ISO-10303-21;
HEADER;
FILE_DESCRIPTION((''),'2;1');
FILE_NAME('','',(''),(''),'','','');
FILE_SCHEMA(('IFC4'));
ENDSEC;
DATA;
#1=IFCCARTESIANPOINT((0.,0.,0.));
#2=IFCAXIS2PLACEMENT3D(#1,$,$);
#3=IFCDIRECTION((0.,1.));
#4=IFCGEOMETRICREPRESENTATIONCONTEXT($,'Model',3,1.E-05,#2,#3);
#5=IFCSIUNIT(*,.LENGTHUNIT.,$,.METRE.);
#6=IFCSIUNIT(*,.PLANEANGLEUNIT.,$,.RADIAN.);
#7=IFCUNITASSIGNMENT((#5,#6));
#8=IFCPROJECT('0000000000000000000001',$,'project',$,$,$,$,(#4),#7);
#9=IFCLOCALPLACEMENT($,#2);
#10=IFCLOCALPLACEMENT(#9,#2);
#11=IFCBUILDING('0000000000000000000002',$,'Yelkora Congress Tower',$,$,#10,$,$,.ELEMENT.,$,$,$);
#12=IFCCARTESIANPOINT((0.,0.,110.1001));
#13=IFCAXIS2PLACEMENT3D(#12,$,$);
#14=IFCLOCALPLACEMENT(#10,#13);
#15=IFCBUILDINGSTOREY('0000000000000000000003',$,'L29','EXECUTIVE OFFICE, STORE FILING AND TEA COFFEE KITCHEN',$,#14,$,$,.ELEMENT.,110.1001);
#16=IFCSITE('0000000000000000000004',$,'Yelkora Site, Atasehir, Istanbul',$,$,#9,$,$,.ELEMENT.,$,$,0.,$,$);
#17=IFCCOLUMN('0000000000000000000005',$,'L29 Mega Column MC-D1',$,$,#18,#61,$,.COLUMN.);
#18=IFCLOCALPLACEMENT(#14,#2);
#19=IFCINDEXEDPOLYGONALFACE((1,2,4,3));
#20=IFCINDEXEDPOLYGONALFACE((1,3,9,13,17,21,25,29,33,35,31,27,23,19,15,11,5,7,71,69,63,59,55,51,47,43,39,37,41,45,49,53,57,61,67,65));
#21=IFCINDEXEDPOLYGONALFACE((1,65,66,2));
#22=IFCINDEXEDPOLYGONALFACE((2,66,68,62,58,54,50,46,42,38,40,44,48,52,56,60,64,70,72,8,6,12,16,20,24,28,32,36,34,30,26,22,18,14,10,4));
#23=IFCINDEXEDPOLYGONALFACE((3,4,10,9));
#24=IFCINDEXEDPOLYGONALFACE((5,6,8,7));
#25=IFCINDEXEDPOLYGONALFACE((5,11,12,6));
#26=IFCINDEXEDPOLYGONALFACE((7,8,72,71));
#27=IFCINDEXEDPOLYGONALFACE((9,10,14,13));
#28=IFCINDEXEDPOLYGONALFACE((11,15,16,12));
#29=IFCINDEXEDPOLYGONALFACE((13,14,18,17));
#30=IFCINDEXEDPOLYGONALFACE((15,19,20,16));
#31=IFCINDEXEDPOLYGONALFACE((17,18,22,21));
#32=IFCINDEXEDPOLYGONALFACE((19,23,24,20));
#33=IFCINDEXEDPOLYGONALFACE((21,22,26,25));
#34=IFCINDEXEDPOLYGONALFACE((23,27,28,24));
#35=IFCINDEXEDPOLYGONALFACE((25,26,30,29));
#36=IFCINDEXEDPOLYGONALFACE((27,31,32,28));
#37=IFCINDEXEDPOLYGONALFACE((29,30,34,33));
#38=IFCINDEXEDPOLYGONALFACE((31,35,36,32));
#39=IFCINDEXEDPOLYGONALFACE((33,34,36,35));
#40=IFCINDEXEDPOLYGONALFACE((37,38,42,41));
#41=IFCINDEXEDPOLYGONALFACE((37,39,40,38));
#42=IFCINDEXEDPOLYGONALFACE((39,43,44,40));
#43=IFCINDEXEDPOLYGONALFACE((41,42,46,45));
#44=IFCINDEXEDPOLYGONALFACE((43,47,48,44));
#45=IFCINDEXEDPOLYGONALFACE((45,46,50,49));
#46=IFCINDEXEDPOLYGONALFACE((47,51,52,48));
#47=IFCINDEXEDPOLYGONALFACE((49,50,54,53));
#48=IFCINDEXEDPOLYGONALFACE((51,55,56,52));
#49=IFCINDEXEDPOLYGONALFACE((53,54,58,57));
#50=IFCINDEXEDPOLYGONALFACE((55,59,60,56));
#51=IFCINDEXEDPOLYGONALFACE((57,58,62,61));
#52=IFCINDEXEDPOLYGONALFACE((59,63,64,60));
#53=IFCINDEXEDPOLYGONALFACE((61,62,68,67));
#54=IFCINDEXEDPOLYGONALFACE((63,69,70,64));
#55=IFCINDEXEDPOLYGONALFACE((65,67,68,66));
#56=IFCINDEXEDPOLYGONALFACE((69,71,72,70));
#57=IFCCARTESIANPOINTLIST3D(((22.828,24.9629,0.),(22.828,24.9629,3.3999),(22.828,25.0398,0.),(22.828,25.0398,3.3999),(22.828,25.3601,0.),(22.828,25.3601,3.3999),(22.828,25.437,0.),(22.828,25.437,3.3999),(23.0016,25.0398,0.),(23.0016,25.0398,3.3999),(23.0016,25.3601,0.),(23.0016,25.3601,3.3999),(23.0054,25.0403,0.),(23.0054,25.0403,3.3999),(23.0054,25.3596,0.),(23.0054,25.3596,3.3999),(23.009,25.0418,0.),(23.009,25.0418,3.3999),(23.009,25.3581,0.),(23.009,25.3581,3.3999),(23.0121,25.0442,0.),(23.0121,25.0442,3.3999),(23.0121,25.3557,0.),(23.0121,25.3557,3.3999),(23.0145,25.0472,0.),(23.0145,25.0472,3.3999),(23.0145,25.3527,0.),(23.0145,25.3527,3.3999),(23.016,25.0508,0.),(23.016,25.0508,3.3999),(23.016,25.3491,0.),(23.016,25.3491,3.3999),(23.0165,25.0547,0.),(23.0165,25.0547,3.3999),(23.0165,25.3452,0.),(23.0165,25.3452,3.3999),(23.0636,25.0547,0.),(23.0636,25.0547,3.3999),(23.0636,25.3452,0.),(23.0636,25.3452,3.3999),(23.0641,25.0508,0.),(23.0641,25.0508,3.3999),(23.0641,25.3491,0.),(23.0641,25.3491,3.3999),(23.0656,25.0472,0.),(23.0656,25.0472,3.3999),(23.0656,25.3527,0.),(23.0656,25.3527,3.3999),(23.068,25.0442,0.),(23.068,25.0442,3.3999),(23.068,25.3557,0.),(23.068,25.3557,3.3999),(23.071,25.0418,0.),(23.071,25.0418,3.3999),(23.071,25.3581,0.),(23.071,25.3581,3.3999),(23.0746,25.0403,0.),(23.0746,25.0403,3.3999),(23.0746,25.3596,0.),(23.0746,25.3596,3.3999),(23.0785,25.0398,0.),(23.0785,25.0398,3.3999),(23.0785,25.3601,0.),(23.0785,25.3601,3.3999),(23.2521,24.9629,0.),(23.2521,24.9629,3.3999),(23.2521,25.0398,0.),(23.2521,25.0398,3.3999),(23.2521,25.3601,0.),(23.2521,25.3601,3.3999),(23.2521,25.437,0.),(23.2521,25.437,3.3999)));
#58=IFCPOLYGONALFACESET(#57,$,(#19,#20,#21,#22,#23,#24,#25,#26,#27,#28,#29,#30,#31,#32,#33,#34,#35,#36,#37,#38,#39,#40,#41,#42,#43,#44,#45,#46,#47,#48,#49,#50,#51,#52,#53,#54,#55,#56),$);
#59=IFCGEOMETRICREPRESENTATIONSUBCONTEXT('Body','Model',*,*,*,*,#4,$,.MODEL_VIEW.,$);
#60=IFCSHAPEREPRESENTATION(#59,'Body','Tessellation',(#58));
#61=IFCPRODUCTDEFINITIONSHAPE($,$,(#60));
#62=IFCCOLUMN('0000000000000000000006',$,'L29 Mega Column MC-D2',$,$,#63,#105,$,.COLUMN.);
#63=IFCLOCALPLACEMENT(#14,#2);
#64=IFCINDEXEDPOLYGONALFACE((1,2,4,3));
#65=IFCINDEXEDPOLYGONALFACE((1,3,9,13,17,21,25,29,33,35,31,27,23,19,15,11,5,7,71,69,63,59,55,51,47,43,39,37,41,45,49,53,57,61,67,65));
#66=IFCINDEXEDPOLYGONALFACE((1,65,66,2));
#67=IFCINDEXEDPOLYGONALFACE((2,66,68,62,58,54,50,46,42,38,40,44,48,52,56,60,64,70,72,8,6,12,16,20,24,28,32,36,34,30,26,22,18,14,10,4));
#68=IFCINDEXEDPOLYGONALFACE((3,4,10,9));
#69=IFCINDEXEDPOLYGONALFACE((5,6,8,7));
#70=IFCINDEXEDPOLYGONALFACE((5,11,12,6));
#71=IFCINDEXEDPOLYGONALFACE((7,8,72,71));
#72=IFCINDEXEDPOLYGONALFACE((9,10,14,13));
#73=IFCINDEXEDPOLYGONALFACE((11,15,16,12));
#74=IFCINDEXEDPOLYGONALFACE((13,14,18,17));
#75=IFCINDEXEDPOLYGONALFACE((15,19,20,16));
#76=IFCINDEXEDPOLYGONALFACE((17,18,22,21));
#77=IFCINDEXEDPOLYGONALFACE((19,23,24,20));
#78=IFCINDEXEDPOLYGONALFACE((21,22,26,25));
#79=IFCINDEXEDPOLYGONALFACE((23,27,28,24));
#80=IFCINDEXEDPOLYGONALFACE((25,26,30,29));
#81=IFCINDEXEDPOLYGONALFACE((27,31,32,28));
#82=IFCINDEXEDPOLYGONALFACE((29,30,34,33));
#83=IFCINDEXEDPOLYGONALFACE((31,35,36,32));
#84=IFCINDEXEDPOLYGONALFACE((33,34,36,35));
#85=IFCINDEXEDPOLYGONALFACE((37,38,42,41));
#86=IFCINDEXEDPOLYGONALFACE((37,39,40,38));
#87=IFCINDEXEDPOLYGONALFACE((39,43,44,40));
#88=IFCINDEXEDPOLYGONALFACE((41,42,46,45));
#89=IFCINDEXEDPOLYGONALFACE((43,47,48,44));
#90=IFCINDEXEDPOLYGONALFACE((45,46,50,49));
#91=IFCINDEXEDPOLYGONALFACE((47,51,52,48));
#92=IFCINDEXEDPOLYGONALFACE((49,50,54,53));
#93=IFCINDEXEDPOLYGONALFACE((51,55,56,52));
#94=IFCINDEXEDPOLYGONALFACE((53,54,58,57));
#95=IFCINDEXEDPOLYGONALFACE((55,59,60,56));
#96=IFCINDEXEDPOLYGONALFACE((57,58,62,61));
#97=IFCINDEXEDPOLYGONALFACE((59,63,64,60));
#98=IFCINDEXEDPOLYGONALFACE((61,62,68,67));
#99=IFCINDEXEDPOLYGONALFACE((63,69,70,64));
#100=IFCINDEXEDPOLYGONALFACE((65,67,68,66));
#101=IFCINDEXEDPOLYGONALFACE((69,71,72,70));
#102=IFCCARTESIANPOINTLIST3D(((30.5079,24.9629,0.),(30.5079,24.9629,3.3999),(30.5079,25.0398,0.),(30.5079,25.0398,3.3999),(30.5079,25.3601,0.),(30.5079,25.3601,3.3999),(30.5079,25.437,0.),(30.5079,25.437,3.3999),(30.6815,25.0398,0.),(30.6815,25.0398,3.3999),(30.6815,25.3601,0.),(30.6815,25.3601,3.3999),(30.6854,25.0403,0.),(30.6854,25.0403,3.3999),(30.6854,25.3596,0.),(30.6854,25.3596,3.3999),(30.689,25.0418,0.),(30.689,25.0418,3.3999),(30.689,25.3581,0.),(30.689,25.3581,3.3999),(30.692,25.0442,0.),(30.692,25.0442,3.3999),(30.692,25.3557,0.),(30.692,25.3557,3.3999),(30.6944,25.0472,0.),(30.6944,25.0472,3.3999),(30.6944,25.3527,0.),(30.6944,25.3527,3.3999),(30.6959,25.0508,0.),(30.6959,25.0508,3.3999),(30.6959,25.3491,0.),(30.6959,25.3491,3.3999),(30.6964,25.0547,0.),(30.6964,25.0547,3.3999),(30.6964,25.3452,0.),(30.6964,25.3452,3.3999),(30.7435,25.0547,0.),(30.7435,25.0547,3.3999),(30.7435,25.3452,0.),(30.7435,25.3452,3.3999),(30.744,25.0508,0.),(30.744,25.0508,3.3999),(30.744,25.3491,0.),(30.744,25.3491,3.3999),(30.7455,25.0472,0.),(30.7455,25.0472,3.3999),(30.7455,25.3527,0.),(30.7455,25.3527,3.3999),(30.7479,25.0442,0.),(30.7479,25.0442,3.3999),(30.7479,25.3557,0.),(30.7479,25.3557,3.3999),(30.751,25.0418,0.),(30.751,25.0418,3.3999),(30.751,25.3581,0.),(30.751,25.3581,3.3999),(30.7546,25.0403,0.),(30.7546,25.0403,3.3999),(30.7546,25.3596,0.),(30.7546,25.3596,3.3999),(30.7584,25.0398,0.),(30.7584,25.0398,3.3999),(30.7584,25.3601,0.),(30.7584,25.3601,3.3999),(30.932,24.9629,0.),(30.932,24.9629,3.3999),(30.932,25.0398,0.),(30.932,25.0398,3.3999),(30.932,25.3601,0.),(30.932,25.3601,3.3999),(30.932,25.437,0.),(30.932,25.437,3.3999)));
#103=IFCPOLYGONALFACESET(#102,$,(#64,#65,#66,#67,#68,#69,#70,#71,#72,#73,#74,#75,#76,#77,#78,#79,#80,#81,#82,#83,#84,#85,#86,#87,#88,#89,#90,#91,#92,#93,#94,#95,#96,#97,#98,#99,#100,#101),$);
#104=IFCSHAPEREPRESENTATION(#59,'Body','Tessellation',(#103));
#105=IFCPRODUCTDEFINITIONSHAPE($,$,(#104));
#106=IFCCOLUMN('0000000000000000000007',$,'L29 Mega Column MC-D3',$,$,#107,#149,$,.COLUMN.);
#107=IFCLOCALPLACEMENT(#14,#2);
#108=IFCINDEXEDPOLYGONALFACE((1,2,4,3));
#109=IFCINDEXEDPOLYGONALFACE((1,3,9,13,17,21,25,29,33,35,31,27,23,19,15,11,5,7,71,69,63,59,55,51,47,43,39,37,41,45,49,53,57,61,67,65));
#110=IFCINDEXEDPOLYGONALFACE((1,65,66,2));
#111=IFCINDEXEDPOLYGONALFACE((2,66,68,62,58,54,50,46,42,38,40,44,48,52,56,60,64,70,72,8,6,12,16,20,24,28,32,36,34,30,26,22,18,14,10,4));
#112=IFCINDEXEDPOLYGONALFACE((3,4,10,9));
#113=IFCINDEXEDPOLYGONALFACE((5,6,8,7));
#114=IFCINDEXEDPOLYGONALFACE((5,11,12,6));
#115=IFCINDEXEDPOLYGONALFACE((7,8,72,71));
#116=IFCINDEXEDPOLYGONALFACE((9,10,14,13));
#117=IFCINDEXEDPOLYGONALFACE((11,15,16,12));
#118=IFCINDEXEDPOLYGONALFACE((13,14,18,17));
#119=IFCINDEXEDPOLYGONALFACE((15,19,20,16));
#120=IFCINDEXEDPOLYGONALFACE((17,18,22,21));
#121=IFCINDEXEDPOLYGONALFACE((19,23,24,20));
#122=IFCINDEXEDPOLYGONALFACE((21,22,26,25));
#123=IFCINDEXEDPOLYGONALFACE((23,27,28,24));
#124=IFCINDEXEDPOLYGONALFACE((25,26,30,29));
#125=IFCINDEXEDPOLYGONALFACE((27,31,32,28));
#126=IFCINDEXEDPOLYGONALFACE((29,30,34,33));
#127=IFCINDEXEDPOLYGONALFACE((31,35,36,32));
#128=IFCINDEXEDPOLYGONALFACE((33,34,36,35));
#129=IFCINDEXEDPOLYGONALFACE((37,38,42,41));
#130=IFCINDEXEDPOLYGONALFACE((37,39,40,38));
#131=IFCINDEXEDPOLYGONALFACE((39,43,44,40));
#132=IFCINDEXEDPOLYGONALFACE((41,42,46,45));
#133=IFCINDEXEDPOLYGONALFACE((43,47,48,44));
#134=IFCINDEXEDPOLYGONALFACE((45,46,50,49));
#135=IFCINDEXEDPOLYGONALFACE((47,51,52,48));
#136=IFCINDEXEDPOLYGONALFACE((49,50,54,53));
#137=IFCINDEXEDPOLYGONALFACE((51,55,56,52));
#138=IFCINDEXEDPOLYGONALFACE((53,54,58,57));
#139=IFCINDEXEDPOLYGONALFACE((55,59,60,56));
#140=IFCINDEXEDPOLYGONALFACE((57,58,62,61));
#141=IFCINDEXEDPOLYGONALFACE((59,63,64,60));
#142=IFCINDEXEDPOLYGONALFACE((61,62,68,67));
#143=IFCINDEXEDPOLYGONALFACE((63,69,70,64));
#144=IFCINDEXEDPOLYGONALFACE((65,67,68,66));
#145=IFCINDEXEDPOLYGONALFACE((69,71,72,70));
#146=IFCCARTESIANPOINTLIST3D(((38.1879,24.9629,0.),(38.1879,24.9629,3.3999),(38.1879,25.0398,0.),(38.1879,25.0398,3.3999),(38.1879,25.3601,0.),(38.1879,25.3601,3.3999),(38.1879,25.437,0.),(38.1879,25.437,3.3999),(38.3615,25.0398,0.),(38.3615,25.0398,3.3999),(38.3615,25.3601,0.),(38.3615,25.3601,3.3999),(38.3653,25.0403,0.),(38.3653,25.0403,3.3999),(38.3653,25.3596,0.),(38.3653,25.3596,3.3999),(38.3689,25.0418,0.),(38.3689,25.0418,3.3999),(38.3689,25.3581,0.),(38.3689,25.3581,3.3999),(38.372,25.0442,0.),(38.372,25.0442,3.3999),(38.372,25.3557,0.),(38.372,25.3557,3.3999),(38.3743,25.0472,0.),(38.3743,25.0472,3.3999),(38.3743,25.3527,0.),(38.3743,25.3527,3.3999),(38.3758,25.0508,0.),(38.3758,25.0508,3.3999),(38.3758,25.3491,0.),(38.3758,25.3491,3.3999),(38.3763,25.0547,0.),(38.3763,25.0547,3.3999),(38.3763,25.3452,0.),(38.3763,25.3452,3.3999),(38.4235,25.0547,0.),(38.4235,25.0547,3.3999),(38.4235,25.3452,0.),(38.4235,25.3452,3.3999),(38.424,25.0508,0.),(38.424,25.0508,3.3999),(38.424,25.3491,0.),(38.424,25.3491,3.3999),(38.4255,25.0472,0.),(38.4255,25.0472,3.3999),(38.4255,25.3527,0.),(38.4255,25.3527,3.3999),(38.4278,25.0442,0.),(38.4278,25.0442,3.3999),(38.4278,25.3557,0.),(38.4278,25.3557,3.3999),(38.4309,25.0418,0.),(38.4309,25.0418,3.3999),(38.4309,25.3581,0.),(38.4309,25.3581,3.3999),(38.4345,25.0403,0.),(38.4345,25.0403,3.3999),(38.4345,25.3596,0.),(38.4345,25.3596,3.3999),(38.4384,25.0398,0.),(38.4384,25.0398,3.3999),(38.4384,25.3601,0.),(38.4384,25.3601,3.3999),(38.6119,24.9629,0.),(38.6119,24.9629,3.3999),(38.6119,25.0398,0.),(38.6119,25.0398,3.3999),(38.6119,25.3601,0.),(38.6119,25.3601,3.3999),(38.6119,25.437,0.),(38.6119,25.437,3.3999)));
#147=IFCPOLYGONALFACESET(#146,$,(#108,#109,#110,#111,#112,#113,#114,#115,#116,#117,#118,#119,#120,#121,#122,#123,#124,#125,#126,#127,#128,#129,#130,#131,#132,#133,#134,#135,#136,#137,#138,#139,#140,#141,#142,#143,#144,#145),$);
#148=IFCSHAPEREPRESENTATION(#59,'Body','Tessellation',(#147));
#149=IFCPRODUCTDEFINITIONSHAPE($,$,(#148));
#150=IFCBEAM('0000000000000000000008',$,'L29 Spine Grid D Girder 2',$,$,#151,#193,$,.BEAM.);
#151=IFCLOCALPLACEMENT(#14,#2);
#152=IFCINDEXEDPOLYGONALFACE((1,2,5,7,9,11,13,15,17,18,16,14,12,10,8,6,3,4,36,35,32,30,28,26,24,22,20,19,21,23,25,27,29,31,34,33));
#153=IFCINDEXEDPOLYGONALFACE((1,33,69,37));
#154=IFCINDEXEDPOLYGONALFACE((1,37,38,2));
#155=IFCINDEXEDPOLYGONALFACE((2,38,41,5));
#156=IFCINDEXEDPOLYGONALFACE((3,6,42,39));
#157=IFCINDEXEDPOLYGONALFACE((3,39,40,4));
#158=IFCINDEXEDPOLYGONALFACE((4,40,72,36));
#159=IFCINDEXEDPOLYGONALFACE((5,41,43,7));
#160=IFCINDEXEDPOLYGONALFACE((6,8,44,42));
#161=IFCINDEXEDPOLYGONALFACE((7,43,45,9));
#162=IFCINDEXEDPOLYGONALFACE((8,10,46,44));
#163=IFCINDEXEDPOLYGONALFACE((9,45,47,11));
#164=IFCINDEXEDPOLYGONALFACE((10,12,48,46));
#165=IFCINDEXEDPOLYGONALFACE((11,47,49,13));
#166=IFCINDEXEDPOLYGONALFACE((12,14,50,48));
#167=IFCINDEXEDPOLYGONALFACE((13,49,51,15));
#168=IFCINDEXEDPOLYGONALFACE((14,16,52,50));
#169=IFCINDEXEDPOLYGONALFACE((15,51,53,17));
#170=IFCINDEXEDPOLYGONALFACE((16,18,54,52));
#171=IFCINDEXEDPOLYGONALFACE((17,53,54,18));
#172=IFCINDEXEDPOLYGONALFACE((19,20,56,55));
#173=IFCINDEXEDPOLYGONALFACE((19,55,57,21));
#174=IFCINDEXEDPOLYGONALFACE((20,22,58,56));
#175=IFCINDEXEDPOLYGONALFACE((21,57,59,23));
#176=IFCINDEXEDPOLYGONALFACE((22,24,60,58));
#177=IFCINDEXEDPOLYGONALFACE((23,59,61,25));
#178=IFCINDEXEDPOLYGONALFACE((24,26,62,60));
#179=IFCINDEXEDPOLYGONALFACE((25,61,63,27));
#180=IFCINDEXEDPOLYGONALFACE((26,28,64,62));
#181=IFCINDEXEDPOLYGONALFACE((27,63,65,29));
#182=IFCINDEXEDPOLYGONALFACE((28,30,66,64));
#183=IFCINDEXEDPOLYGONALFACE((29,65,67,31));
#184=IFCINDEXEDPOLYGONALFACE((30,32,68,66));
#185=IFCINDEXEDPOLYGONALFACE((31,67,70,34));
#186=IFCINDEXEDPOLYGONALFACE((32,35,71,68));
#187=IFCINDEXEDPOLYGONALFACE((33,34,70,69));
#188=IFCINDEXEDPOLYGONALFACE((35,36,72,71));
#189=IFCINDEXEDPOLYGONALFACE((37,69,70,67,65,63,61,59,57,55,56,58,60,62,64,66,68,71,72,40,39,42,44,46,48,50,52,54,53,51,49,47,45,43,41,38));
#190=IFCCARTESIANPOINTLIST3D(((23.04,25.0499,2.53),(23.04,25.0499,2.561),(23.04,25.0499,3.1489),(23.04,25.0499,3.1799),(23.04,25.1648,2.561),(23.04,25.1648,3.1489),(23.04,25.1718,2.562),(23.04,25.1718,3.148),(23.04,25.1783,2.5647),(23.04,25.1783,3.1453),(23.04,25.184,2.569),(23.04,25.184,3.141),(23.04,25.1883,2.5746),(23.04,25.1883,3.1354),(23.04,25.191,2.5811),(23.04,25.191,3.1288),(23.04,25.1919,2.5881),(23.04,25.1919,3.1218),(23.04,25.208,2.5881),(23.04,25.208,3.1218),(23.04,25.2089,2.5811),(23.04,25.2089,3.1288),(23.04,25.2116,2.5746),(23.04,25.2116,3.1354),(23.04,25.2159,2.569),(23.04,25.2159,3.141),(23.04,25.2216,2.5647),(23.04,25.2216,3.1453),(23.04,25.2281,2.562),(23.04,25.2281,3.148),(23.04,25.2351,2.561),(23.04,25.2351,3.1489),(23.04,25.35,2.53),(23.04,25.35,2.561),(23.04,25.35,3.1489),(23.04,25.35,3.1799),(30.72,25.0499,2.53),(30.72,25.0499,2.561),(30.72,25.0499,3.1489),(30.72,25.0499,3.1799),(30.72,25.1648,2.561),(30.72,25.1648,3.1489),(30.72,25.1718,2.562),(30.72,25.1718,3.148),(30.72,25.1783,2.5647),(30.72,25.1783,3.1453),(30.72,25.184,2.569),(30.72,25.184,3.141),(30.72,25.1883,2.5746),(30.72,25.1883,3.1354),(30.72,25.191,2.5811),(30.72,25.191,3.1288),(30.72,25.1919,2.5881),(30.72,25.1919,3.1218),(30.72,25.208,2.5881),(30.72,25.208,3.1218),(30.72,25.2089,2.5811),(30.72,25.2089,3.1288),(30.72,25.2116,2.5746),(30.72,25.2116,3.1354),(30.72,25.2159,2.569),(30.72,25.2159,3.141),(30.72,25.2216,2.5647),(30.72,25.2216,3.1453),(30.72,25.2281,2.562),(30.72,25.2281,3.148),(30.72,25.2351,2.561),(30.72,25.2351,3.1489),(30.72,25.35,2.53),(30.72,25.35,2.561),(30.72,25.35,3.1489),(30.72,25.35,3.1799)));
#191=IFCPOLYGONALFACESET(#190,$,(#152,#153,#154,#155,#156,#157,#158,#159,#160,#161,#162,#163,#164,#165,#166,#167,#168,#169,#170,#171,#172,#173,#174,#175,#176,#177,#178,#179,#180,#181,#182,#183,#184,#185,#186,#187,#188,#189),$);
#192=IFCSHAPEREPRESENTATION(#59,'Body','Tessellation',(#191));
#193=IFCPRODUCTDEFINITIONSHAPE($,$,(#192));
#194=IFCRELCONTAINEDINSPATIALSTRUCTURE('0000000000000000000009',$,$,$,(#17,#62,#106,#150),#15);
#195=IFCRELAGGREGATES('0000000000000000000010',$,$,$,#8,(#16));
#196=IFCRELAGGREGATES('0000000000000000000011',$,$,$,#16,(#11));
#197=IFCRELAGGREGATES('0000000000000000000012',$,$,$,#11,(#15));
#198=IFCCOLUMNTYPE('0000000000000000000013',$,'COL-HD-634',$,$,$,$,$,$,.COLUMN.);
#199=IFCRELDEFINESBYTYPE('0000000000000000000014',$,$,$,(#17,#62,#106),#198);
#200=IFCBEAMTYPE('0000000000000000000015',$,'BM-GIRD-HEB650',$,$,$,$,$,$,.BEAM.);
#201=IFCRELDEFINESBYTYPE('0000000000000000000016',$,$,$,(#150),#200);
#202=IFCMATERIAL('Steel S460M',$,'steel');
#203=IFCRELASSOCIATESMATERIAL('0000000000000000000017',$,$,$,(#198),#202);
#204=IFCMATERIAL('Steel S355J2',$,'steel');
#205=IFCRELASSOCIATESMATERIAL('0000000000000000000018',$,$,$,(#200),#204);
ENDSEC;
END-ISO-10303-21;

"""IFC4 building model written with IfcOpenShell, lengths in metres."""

from ifc_helpers import new_model, si_unit, direction, frame, origin, origin_2d, place, context, subcontext, project, spatial, i_section, extrude, material, material_profile, profile_set, type_object, element, save


model = new_model("IFC4")

# Units and contexts
model_context = context("Model", 3, precision=1e-05, world=origin(), true_north=direction((0.0, 1.0)))
body_context = subcontext(model_context, "Body", "Model", "MODEL_VIEW")
ifc_project = project(units=[si_unit("LENGTHUNIT", "METRE"), si_unit("PLANEANGLEUNIT", "RADIAN")], contexts=[model_context])

# Site, building, storey
site_placement = place(None, origin())
site = spatial("IfcSite", under=ifc_project, at=site_placement, Name="Yelkora Site, Atasehir, Istanbul", CompositionType="ELEMENT", RefElevation=0.0)
building_placement = place(site_placement, origin())
building = spatial("IfcBuilding", under=site, at=building_placement, Name="Yelkora Congress Tower", CompositionType="ELEMENT")
storey_placement = place(building_placement, frame((0.0, 0.0, 110.1001)))
storey = spatial("IfcBuildingStorey", under=building, at=storey_placement, Name="L29", Description="EXECUTIVE OFFICE, STORE FILING AND TEA COFFEE KITCHEN", CompositionType="ELEMENT", Elevation=110.1001)

# Columns
ifc_material_1 = material(Name="Steel S460M", Category="steel")
ifc_material_profile_1 = material_profile(ifc_material_1, i_section(OverallWidth=0.4241, OverallDepth=0.4741, WebThickness=0.0471, FlangeThickness=0.0769, FilletRadius=0.0149, at=origin_2d()), Name="HD 400x634")
ifc_profile_set_1 = profile_set([ifc_material_profile_1], Name="Steel S460M")
column_type = type_object("IfcColumnType", Name="COL-HD-634", PredefinedType="COLUMN", material=ifc_profile_set_1)
for number, where, z_axis, x_axis, name in (
    (1, (23.04, 25.2, 0.0), (0.0, 0.0, 1.0), (1.0, 0.0, 0.0), "L29 Mega Column MC-D1"),
    (2, (30.72, 25.2, 0.0), (0.0, 0.0, 1.0), (1.0, 0.0, 0.0), "L29 Mega Column MC-D2"),
    (3, (38.3999, 25.2, 0.0), (0.0, 0.0, 1.0), (1.0, 0.0, 0.0), "L29 Mega Column MC-D3"),
):
    element("IfcColumn", number, at=place(storey_placement, frame(where, z_axis=z_axis, x_axis=x_axis)), inside=storey, type_object=column_type, Name=name, PredefinedType="COLUMN", context=body_context, shape_type="SweptSolid", body=[
        extrude(i_section(OverallWidth=0.4241, OverallDepth=0.4741, WebThickness=0.0471, FlangeThickness=0.0769, FilletRadius=0.0149, at=origin_2d()), origin(), (0.0, 0.0, 1.0), 3.3999),
    ])

# Beam
ifc_material_2 = material(Name="Steel S355J2", Category="steel")
ifc_material_profile_2 = material_profile(ifc_material_2, i_section(OverallWidth=0.3, OverallDepth=0.6499, WebThickness=0.0161, FlangeThickness=0.031, FilletRadius=0.0271, at=origin_2d()), Name="HEB 650")
ifc_profile_set_2 = profile_set([ifc_material_profile_2], Name="Steel S355J2")
beam_type_1 = type_object("IfcBeamType", Name="BM-GIRD-HEB650", PredefinedType="BEAM", material=ifc_profile_set_2)
for number, where, z_axis, x_axis, name in (
    (4, (23.04, 25.2, 2.855), (1.0, 0.0, 0.0), (0.0, 1.0, 0.0), "L29 Spine Grid D Girder 2"),
):
    element("IfcBeam", number, at=place(storey_placement, frame(where, z_axis=z_axis, x_axis=x_axis)), inside=storey, type_object=beam_type_1, Name=name, PredefinedType="BEAM", context=body_context, shape_type="SweptSolid", body=[
        extrude(i_section(OverallWidth=0.3, OverallDepth=0.6499, WebThickness=0.0161, FlangeThickness=0.031, FilletRadius=0.0271, at=origin_2d()), origin(), (0.0, 0.0, 1.0), 7.6799),
    ])

save(model, "model.ifc")
